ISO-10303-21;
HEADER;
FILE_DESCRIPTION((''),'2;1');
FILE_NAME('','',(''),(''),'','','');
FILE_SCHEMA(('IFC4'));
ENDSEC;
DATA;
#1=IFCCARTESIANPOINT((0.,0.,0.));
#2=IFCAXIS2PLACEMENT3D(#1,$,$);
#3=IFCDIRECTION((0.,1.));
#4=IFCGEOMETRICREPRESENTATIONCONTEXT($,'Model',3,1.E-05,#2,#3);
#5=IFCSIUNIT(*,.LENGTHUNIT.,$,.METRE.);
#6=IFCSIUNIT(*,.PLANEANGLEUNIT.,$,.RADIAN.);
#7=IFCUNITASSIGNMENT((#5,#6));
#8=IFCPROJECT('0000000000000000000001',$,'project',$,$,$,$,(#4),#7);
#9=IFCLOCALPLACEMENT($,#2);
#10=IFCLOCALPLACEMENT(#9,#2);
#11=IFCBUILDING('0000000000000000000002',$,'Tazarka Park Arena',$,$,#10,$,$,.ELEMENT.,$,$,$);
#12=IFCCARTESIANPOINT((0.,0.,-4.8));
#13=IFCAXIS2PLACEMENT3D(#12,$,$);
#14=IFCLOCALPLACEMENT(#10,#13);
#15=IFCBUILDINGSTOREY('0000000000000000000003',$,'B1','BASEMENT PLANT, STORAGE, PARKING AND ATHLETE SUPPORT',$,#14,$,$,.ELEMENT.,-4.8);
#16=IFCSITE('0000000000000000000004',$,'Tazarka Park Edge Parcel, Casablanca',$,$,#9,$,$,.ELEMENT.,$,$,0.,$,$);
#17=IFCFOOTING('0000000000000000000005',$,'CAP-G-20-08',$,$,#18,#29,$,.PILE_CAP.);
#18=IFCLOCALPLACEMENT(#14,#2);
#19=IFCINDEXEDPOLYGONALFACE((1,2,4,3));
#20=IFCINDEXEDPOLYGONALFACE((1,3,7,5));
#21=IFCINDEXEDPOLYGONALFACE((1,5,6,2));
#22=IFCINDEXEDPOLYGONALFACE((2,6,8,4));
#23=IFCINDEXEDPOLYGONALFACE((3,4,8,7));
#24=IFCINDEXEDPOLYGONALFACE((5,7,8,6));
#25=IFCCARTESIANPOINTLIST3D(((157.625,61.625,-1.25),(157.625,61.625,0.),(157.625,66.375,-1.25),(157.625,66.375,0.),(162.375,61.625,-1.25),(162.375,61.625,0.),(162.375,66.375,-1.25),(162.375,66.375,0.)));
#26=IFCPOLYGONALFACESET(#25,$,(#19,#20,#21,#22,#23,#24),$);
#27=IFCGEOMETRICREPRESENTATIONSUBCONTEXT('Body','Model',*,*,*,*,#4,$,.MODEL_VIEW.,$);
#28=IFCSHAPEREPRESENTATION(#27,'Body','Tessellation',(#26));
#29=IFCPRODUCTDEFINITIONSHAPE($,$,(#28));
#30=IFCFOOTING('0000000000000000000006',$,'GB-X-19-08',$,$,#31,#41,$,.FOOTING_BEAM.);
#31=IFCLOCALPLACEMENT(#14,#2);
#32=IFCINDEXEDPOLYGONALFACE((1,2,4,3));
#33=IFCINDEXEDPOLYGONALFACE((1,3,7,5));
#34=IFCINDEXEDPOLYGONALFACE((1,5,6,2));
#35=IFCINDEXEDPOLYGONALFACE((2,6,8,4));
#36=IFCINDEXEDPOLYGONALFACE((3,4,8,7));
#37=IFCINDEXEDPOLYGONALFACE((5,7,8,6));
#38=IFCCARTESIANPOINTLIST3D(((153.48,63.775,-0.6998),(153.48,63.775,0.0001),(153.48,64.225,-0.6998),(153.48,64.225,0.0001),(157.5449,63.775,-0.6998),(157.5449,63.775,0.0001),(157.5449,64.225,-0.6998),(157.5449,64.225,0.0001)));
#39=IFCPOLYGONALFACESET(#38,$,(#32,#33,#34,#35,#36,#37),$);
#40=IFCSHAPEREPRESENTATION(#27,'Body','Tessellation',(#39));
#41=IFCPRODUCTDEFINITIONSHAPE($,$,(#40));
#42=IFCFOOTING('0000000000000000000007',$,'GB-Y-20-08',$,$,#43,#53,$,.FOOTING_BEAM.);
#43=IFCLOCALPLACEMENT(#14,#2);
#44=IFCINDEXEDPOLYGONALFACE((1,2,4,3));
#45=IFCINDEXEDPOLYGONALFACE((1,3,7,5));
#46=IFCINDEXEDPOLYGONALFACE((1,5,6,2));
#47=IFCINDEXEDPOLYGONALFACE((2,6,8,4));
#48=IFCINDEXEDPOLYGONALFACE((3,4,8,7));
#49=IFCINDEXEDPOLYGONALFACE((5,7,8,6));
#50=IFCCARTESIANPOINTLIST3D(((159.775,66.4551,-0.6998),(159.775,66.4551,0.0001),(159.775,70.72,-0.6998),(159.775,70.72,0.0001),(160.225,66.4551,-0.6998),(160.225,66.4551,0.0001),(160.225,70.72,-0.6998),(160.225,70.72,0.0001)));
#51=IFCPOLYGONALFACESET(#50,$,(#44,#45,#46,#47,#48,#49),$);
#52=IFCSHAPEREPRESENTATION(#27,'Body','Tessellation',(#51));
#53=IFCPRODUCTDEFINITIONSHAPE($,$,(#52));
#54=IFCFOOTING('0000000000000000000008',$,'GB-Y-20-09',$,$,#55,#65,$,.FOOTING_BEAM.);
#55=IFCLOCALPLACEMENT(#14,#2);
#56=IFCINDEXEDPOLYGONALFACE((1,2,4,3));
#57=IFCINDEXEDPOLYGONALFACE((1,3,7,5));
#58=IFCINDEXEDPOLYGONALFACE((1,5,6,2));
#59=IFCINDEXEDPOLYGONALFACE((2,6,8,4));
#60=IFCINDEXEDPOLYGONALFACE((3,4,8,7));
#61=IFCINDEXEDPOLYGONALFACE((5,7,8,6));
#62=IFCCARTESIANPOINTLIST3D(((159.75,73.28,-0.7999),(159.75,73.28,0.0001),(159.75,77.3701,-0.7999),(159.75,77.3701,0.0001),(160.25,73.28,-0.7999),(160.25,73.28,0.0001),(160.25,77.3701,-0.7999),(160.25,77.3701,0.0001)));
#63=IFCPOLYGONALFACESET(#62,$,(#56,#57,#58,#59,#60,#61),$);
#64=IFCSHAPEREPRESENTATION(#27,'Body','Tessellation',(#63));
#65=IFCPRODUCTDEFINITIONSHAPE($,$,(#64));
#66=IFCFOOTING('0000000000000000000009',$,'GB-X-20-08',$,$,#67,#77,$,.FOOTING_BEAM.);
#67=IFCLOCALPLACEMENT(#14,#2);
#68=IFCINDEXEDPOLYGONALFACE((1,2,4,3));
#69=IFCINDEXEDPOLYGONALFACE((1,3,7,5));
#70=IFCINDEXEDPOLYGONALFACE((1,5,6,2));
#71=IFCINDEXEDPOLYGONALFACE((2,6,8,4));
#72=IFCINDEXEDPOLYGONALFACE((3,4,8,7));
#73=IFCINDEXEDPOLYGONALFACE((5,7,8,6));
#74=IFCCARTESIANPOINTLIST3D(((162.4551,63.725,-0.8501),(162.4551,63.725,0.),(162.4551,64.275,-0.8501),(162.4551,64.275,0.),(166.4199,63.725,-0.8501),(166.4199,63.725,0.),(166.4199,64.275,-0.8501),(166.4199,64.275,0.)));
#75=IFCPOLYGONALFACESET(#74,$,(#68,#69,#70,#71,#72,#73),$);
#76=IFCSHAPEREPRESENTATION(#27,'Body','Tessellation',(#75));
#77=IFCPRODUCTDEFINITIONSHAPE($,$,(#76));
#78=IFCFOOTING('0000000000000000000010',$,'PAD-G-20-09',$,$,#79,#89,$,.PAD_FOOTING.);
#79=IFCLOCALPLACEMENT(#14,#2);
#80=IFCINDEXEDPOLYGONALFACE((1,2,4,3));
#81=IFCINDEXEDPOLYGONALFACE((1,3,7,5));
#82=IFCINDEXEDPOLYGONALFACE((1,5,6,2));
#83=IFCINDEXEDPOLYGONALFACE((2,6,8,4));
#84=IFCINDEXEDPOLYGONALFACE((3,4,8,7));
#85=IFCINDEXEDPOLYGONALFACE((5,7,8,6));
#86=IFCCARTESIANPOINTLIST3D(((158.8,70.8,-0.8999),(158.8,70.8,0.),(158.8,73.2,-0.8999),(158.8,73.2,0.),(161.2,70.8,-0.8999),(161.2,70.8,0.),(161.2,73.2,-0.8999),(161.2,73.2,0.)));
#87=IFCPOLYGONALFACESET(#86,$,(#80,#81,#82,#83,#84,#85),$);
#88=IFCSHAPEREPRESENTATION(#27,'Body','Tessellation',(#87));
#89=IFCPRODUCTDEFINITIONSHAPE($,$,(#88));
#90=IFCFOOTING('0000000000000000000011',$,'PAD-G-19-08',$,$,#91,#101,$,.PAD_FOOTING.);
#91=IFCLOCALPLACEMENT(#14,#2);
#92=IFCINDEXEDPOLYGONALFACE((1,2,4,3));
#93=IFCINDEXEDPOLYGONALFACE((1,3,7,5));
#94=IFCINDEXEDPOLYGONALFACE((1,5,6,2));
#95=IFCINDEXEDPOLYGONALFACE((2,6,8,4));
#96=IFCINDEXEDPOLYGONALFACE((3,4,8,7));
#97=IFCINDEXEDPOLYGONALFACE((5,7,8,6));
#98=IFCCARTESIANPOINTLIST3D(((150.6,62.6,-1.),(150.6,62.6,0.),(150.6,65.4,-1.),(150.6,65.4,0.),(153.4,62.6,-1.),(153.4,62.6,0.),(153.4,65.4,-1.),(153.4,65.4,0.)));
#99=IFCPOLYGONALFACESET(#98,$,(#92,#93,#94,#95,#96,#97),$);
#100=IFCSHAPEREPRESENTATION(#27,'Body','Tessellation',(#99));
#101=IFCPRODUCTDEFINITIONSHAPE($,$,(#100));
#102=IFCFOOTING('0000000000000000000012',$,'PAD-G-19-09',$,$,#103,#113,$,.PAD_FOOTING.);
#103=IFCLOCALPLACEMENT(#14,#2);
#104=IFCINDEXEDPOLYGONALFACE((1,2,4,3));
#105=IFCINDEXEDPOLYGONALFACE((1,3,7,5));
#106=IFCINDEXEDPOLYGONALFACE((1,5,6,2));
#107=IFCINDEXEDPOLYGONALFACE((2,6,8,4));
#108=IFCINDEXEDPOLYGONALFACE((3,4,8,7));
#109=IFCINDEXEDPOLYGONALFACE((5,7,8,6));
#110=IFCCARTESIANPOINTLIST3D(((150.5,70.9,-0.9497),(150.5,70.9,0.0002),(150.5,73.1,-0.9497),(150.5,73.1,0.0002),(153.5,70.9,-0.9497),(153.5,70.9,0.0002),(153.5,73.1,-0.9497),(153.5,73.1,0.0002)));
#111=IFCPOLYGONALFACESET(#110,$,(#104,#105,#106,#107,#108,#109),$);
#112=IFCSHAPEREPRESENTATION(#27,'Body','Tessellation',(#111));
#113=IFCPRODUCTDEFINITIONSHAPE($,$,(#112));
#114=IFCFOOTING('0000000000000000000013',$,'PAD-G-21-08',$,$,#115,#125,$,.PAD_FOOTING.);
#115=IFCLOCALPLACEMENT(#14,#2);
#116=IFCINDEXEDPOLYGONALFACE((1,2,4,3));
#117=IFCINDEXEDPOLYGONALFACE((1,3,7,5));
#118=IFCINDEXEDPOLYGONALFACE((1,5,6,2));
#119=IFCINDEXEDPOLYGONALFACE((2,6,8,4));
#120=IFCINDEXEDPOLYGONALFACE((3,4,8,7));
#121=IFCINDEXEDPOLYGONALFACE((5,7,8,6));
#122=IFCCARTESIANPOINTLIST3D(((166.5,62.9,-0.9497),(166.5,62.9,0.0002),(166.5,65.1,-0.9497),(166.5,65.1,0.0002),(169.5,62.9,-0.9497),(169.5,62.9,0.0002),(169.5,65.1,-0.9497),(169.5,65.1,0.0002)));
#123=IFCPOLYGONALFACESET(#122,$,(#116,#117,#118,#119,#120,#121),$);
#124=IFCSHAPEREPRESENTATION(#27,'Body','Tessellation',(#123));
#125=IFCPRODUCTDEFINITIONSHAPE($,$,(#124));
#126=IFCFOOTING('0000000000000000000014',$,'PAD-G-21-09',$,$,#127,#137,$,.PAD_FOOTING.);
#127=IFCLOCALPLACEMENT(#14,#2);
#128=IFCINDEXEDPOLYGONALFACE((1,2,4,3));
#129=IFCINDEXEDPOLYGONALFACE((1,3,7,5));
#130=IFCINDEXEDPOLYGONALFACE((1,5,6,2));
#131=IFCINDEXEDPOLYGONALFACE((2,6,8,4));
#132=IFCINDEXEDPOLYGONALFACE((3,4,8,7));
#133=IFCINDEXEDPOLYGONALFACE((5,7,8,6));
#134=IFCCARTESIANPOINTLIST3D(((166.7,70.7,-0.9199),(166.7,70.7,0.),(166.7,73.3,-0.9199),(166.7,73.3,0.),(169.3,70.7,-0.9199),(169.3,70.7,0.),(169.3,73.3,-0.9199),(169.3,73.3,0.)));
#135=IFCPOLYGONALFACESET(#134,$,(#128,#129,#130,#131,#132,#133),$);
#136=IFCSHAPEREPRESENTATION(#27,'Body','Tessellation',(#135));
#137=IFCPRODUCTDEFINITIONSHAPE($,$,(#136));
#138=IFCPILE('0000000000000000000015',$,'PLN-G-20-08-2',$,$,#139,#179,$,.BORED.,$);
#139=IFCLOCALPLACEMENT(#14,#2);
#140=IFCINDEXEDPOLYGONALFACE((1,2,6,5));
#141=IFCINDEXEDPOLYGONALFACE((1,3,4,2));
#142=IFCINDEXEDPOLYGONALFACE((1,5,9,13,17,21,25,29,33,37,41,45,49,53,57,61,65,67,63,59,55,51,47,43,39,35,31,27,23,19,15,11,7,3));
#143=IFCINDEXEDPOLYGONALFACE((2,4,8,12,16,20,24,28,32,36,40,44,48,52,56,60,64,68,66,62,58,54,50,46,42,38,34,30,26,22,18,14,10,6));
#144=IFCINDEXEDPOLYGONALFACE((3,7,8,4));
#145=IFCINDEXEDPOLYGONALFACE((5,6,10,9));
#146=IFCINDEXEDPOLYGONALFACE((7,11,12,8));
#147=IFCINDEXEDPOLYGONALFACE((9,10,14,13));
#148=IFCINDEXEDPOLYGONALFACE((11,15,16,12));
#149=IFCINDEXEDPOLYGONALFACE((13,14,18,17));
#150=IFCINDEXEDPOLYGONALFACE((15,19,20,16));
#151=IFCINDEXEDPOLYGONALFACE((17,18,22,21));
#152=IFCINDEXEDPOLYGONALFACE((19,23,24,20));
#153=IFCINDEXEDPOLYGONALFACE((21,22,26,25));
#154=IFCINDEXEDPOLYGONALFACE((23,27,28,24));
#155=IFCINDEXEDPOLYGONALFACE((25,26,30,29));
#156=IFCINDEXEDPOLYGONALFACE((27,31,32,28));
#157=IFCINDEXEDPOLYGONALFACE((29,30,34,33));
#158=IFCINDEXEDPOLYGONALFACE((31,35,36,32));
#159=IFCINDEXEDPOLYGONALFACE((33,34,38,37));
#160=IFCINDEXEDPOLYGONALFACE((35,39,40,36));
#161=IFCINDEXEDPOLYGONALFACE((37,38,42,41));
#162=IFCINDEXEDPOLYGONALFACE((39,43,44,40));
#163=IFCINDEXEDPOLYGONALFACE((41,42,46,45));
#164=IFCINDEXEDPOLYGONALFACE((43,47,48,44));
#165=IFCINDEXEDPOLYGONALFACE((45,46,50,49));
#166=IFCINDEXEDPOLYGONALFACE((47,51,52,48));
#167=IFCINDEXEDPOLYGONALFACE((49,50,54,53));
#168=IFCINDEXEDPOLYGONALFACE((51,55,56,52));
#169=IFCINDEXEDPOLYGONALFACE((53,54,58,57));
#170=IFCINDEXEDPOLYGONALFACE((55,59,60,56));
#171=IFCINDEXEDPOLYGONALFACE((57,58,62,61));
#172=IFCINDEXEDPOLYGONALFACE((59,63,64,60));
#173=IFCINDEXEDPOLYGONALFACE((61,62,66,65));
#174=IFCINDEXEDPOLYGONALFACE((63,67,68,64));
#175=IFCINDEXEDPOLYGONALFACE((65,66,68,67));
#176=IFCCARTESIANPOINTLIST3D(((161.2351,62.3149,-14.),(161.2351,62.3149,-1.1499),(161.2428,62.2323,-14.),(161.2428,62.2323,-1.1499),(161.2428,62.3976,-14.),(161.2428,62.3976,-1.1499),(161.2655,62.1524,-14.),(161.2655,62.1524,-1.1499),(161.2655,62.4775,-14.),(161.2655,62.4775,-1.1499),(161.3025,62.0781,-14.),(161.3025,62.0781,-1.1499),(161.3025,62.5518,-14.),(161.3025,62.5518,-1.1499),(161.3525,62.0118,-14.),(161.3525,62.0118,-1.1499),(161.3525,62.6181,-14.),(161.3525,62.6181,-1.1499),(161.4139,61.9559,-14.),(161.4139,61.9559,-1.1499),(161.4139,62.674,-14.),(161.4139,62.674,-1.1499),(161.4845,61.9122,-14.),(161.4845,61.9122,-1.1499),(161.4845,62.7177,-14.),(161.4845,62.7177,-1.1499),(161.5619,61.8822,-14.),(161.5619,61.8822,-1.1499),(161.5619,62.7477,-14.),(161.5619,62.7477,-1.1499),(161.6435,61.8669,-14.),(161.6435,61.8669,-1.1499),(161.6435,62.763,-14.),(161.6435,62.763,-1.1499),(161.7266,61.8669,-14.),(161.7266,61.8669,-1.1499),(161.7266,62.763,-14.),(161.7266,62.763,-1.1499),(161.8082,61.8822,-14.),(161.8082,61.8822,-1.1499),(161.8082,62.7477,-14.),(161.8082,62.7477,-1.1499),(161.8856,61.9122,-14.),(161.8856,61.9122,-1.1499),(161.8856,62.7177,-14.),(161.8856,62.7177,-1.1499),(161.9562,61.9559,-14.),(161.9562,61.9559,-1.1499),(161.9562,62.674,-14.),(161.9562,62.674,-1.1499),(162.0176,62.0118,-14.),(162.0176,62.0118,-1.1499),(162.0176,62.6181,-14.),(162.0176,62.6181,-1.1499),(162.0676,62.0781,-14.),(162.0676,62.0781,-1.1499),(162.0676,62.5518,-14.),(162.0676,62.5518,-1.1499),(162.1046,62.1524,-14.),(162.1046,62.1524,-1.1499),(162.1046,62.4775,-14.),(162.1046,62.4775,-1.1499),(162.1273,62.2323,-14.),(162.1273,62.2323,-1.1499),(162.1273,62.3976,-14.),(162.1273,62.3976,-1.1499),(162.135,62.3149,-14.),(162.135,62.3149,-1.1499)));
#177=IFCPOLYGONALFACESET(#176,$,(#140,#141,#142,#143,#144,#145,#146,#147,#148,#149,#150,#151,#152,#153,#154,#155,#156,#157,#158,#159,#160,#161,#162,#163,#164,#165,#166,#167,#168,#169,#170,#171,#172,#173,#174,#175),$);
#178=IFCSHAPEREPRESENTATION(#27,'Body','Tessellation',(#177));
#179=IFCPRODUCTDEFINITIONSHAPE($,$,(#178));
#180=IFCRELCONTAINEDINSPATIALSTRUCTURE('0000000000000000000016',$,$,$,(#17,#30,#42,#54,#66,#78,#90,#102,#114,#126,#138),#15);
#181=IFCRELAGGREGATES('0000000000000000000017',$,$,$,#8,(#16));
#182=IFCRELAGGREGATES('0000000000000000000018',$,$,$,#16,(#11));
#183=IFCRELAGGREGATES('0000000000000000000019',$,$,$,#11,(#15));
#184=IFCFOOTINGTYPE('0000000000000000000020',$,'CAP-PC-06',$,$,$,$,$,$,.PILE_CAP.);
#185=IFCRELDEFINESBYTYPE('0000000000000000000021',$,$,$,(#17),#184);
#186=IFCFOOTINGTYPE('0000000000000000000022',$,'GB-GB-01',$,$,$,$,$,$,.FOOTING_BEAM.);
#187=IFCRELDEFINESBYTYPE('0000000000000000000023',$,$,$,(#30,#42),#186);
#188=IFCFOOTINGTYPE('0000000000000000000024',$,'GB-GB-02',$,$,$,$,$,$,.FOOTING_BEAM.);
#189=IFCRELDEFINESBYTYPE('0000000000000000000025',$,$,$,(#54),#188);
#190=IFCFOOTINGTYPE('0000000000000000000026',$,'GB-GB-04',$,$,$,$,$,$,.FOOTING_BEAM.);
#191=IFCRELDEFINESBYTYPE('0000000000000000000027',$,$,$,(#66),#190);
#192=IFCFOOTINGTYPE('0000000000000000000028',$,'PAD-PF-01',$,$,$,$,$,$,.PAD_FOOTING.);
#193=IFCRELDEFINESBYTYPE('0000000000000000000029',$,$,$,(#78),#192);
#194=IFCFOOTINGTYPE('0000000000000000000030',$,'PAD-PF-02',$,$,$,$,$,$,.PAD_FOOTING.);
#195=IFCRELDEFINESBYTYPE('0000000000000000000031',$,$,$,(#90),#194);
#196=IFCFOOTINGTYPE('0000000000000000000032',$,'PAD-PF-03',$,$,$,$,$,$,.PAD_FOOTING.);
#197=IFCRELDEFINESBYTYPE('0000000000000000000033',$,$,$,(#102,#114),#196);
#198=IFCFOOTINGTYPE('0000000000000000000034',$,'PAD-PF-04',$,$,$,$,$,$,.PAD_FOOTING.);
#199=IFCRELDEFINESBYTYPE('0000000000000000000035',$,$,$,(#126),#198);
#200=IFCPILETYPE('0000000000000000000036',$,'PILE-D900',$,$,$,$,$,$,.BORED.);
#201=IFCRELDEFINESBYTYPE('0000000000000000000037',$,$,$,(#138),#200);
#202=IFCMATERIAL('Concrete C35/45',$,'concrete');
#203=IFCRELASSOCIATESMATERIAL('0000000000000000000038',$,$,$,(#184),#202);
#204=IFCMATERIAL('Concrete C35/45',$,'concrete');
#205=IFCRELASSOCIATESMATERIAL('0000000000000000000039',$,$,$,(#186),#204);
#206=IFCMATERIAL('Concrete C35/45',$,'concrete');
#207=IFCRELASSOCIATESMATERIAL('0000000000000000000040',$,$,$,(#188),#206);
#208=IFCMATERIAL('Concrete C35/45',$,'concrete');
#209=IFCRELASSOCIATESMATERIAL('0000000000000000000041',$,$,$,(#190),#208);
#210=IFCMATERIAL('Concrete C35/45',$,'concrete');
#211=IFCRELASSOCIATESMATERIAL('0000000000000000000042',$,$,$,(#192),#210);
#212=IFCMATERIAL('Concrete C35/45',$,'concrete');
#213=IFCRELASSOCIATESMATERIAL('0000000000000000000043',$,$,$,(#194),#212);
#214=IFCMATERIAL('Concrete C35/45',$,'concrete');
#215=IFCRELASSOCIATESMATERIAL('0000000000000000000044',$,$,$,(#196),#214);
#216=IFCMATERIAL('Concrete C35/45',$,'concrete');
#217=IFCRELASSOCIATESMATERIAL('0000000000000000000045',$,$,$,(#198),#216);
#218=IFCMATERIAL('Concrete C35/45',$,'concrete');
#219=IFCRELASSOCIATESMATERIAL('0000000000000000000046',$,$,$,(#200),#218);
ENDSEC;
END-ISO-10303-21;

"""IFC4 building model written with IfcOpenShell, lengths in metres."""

from ifc_helpers import new_model, si_unit, direction, frame, origin, origin_2d, place, context, subcontext, project, spatial, rectangle, circle, extrude, material, material_profile, profile_set, type_object, element, save


model = new_model("IFC4")

# Units and contexts
model_context = context("Model", 3, precision=1e-05, world=origin(), true_north=direction((0.0, 1.0)))
body_context = subcontext(model_context, "Body", "Model", "MODEL_VIEW")
ifc_project = project(units=[si_unit("LENGTHUNIT", "METRE"), si_unit("PLANEANGLEUNIT", "RADIAN")], contexts=[model_context])

# Site, building, storey
site_placement = place(None, origin())
site = spatial("IfcSite", under=ifc_project, at=site_placement, Name="Tazarka Park Edge Parcel, Casablanca", CompositionType="ELEMENT", RefElevation=0.0)
building_placement = place(site_placement, origin())
building = spatial("IfcBuilding", under=site, at=building_placement, Name="Tazarka Park Arena", CompositionType="ELEMENT")
storey_placement = place(building_placement, frame((0.0, 0.0, -4.8)))
storey = spatial("IfcBuildingStorey", under=building, at=storey_placement, Name="B1", Description="BASEMENT PLANT, STORAGE, PARKING AND ATHLETE SUPPORT", CompositionType="ELEMENT", Elevation=-4.8)

# Footings
ifc_material_1 = material(Name="Concrete C35/45", Category="concrete")
footing_type_1 = type_object("IfcFootingType", Name="CAP-PC-06", PredefinedType="PILE_CAP", material=ifc_material_1)
footing_1_placement = place(storey_placement, frame((160.0, 64.0, -1.25), z_axis=(0.0, 0.0, 1.0), x_axis=(1.0, 0.0, 0.0)))
element("IfcFooting", 1, at=footing_1_placement, inside=storey, type_object=footing_type_1, Name="CAP-G-20-08", PredefinedType="PILE_CAP", context=body_context, shape_type="SweptSolid", body=[
    extrude(rectangle(XDim=4.75, YDim=4.75, at=origin_2d()), origin(), (0.0, 0.0, 1.0), 1.25),
])
ifc_material_2 = material(Name="Concrete C35/45", Category="concrete")
ifc_material_profile_1 = material_profile(ifc_material_2, rectangle(XDim=0.45, YDim=0.7, at=origin_2d()), Name="Concrete C35/45")
ifc_profile_set_1 = profile_set([ifc_material_profile_1], Name="Concrete C35/45")
footing_type_2 = type_object("IfcFootingType", Name="GB-GB-01", PredefinedType="FOOTING_BEAM", material=ifc_profile_set_1)
footing_2_placement = place(storey_placement, frame((153.48, 64.0, -0.3499), z_axis=(1.0, 0.0, 0.0), x_axis=(0.0, 1.0, 0.0)))
element("IfcFooting", 2, at=footing_2_placement, inside=storey, type_object=footing_type_2, Name="GB-X-19-08", PredefinedType="FOOTING_BEAM", context=body_context, shape_type="SweptSolid", body=[
    extrude(rectangle(XDim=0.45, YDim=0.7, at=origin_2d()), origin(), (0.0, 0.0, 1.0), 4.0649),
])
footing_3_placement = place(storey_placement, frame((160.0, 66.4551, -0.3499), z_axis=(0.0, 1.0, 0.0), x_axis=(-1.0, 0.0, 0.0)))
element("IfcFooting", 3, at=footing_3_placement, inside=storey, type_object=footing_type_2, Name="GB-Y-20-08", PredefinedType="FOOTING_BEAM", context=body_context, shape_type="SweptSolid", body=[
    extrude(rectangle(XDim=0.45, YDim=0.7, at=origin_2d()), origin(), (0.0, 0.0, 1.0), 4.2649),
])
ifc_material_3 = material(Name="Concrete C35/45", Category="concrete")
ifc_material_profile_2 = material_profile(ifc_material_3, rectangle(XDim=0.5, YDim=0.8, at=origin_2d()), Name="Concrete C35/45")
ifc_profile_set_2 = profile_set([ifc_material_profile_2], Name="Concrete C35/45")
footing_type_3 = type_object("IfcFootingType", Name="GB-GB-02", PredefinedType="FOOTING_BEAM", material=ifc_profile_set_2)
footing_4_placement = place(storey_placement, frame((160.0, 73.28, -0.3999), z_axis=(0.0, 1.0, 0.0), x_axis=(-1.0, 0.0, 0.0)))
element("IfcFooting", 4, at=footing_4_placement, inside=storey, type_object=footing_type_3, Name="GB-Y-20-09", PredefinedType="FOOTING_BEAM", context=body_context, shape_type="SweptSolid", body=[
    extrude(rectangle(XDim=0.5, YDim=0.8, at=origin_2d()), origin(), (0.0, 0.0, 1.0), 4.0901),
])
ifc_material_4 = material(Name="Concrete C35/45", Category="concrete")
ifc_material_profile_3 = material_profile(ifc_material_4, rectangle(XDim=0.55, YDim=0.8501, at=origin_2d()), Name="Concrete C35/45")
ifc_profile_set_3 = profile_set([ifc_material_profile_3], Name="Concrete C35/45")
footing_type_4 = type_object("IfcFootingType", Name="GB-GB-04", PredefinedType="FOOTING_BEAM", material=ifc_profile_set_3)
footing_5_placement = place(storey_placement, frame((162.4551, 64.0, -0.425), z_axis=(1.0, 0.0, 0.0), x_axis=(0.0, 1.0, 0.0)))
element("IfcFooting", 5, at=footing_5_placement, inside=storey, type_object=footing_type_4, Name="GB-X-20-08", PredefinedType="FOOTING_BEAM", context=body_context, shape_type="SweptSolid", body=[
    extrude(rectangle(XDim=0.55, YDim=0.8501, at=origin_2d()), origin(), (0.0, 0.0, 1.0), 3.9648),
])
ifc_material_5 = material(Name="Concrete C35/45", Category="concrete")
footing_type_5 = type_object("IfcFootingType", Name="PAD-PF-01", PredefinedType="PAD_FOOTING", material=ifc_material_5)
footing_6_placement = place(storey_placement, frame((160.0, 72.0, -0.8999), z_axis=(0.0, 0.0, 1.0), x_axis=(1.0, 0.0, 0.0)))
element("IfcFooting", 6, at=footing_6_placement, inside=storey, type_object=footing_type_5, Name="PAD-G-20-09", PredefinedType="PAD_FOOTING", context=body_context, shape_type="SweptSolid", body=[
    extrude(rectangle(XDim=2.3999, YDim=2.3999, at=origin_2d()), origin(), (0.0, 0.0, 1.0), 0.8999),
])
ifc_material_6 = material(Name="Concrete C35/45", Category="concrete")
footing_type_6 = type_object("IfcFootingType", Name="PAD-PF-02", PredefinedType="PAD_FOOTING", material=ifc_material_6)
footing_7_placement = place(storey_placement, frame((152.0, 64.0, -1.0), z_axis=(0.0, 0.0, 1.0), x_axis=(1.0, 0.0, 0.0)))
element("IfcFooting", 7, at=footing_7_placement, inside=storey, type_object=footing_type_6, Name="PAD-G-19-08", PredefinedType="PAD_FOOTING", context=body_context, shape_type="SweptSolid", body=[
    extrude(rectangle(XDim=2.8, YDim=2.8, at=origin_2d()), origin(), (0.0, 0.0, 1.0), 1.0),
])
ifc_material_7 = material(Name="Concrete C35/45", Category="concrete")
footing_type_7 = type_object("IfcFootingType", Name="PAD-PF-03", PredefinedType="PAD_FOOTING", material=ifc_material_7)
for number, where, z_axis, x_axis, name in (
    (8, (152.0, 72.0, -0.9497), (0.0, 0.0, 1.0), (1.0, 0.0, 0.0), "PAD-G-19-09"),
    (9, (168.0, 64.0, -0.9497), (0.0, 0.0, 1.0), (1.0, 0.0, 0.0), "PAD-G-21-08"),
):
    element("IfcFooting", number, at=place(storey_placement, frame(where, z_axis=z_axis, x_axis=x_axis)), inside=storey, type_object=footing_type_7, Name=name, PredefinedType="PAD_FOOTING", context=body_context, shape_type="SweptSolid", body=[
        extrude(rectangle(XDim=3.0, YDim=2.2, at=origin_2d()), origin(), (0.0, 0.0, 1.0), 0.95),
    ])
ifc_material_8 = material(Name="Concrete C35/45", Category="concrete")
footing_type_8 = type_object("IfcFootingType", Name="PAD-PF-04", PredefinedType="PAD_FOOTING", material=ifc_material_8)
footing_8_placement = place(storey_placement, frame((168.0, 72.0, -0.9199), z_axis=(0.0, 0.0, 1.0), x_axis=(1.0, 0.0, 0.0)))
element("IfcFooting", 10, at=footing_8_placement, inside=storey, type_object=footing_type_8, Name="PAD-G-21-09", PredefinedType="PAD_FOOTING", context=body_context, shape_type="SweptSolid", body=[
    extrude(rectangle(XDim=2.6001, YDim=2.6001, at=origin_2d()), origin(), (0.0, 0.0, 1.0), 0.9199),
])

# Pile
ifc_material_9 = material(Name="Concrete C35/45", Category="concrete")
ifc_material_profile_4 = material_profile(ifc_material_9, circle(Radius=0.45, at=origin_2d()), Name="Concrete C35/45")
ifc_profile_set_4 = profile_set([ifc_material_profile_4], Name="Concrete C35/45")
pile_type = type_object("IfcPileType", Name="PILE-D900", PredefinedType="BORED", material=ifc_profile_set_4)
for number, where, z_axis, x_axis, name in (
    (11, (161.6851, 62.3149, -1.1499), (0.0, 0.0, -1.0), (1.0, 0.0, 0.0), "PLN-G-20-08-2"),
):
    element("IfcPile", number, at=place(storey_placement, frame(where, z_axis=z_axis, x_axis=x_axis)), inside=storey, type_object=pile_type, Name=name, PredefinedType="BORED", context=body_context, shape_type="SweptSolid", body=[
        extrude(circle(Radius=0.45, at=origin_2d()), origin(), (0.0, 0.0, 1.0), 12.8501),
    ])

save(model, "model.ifc")
